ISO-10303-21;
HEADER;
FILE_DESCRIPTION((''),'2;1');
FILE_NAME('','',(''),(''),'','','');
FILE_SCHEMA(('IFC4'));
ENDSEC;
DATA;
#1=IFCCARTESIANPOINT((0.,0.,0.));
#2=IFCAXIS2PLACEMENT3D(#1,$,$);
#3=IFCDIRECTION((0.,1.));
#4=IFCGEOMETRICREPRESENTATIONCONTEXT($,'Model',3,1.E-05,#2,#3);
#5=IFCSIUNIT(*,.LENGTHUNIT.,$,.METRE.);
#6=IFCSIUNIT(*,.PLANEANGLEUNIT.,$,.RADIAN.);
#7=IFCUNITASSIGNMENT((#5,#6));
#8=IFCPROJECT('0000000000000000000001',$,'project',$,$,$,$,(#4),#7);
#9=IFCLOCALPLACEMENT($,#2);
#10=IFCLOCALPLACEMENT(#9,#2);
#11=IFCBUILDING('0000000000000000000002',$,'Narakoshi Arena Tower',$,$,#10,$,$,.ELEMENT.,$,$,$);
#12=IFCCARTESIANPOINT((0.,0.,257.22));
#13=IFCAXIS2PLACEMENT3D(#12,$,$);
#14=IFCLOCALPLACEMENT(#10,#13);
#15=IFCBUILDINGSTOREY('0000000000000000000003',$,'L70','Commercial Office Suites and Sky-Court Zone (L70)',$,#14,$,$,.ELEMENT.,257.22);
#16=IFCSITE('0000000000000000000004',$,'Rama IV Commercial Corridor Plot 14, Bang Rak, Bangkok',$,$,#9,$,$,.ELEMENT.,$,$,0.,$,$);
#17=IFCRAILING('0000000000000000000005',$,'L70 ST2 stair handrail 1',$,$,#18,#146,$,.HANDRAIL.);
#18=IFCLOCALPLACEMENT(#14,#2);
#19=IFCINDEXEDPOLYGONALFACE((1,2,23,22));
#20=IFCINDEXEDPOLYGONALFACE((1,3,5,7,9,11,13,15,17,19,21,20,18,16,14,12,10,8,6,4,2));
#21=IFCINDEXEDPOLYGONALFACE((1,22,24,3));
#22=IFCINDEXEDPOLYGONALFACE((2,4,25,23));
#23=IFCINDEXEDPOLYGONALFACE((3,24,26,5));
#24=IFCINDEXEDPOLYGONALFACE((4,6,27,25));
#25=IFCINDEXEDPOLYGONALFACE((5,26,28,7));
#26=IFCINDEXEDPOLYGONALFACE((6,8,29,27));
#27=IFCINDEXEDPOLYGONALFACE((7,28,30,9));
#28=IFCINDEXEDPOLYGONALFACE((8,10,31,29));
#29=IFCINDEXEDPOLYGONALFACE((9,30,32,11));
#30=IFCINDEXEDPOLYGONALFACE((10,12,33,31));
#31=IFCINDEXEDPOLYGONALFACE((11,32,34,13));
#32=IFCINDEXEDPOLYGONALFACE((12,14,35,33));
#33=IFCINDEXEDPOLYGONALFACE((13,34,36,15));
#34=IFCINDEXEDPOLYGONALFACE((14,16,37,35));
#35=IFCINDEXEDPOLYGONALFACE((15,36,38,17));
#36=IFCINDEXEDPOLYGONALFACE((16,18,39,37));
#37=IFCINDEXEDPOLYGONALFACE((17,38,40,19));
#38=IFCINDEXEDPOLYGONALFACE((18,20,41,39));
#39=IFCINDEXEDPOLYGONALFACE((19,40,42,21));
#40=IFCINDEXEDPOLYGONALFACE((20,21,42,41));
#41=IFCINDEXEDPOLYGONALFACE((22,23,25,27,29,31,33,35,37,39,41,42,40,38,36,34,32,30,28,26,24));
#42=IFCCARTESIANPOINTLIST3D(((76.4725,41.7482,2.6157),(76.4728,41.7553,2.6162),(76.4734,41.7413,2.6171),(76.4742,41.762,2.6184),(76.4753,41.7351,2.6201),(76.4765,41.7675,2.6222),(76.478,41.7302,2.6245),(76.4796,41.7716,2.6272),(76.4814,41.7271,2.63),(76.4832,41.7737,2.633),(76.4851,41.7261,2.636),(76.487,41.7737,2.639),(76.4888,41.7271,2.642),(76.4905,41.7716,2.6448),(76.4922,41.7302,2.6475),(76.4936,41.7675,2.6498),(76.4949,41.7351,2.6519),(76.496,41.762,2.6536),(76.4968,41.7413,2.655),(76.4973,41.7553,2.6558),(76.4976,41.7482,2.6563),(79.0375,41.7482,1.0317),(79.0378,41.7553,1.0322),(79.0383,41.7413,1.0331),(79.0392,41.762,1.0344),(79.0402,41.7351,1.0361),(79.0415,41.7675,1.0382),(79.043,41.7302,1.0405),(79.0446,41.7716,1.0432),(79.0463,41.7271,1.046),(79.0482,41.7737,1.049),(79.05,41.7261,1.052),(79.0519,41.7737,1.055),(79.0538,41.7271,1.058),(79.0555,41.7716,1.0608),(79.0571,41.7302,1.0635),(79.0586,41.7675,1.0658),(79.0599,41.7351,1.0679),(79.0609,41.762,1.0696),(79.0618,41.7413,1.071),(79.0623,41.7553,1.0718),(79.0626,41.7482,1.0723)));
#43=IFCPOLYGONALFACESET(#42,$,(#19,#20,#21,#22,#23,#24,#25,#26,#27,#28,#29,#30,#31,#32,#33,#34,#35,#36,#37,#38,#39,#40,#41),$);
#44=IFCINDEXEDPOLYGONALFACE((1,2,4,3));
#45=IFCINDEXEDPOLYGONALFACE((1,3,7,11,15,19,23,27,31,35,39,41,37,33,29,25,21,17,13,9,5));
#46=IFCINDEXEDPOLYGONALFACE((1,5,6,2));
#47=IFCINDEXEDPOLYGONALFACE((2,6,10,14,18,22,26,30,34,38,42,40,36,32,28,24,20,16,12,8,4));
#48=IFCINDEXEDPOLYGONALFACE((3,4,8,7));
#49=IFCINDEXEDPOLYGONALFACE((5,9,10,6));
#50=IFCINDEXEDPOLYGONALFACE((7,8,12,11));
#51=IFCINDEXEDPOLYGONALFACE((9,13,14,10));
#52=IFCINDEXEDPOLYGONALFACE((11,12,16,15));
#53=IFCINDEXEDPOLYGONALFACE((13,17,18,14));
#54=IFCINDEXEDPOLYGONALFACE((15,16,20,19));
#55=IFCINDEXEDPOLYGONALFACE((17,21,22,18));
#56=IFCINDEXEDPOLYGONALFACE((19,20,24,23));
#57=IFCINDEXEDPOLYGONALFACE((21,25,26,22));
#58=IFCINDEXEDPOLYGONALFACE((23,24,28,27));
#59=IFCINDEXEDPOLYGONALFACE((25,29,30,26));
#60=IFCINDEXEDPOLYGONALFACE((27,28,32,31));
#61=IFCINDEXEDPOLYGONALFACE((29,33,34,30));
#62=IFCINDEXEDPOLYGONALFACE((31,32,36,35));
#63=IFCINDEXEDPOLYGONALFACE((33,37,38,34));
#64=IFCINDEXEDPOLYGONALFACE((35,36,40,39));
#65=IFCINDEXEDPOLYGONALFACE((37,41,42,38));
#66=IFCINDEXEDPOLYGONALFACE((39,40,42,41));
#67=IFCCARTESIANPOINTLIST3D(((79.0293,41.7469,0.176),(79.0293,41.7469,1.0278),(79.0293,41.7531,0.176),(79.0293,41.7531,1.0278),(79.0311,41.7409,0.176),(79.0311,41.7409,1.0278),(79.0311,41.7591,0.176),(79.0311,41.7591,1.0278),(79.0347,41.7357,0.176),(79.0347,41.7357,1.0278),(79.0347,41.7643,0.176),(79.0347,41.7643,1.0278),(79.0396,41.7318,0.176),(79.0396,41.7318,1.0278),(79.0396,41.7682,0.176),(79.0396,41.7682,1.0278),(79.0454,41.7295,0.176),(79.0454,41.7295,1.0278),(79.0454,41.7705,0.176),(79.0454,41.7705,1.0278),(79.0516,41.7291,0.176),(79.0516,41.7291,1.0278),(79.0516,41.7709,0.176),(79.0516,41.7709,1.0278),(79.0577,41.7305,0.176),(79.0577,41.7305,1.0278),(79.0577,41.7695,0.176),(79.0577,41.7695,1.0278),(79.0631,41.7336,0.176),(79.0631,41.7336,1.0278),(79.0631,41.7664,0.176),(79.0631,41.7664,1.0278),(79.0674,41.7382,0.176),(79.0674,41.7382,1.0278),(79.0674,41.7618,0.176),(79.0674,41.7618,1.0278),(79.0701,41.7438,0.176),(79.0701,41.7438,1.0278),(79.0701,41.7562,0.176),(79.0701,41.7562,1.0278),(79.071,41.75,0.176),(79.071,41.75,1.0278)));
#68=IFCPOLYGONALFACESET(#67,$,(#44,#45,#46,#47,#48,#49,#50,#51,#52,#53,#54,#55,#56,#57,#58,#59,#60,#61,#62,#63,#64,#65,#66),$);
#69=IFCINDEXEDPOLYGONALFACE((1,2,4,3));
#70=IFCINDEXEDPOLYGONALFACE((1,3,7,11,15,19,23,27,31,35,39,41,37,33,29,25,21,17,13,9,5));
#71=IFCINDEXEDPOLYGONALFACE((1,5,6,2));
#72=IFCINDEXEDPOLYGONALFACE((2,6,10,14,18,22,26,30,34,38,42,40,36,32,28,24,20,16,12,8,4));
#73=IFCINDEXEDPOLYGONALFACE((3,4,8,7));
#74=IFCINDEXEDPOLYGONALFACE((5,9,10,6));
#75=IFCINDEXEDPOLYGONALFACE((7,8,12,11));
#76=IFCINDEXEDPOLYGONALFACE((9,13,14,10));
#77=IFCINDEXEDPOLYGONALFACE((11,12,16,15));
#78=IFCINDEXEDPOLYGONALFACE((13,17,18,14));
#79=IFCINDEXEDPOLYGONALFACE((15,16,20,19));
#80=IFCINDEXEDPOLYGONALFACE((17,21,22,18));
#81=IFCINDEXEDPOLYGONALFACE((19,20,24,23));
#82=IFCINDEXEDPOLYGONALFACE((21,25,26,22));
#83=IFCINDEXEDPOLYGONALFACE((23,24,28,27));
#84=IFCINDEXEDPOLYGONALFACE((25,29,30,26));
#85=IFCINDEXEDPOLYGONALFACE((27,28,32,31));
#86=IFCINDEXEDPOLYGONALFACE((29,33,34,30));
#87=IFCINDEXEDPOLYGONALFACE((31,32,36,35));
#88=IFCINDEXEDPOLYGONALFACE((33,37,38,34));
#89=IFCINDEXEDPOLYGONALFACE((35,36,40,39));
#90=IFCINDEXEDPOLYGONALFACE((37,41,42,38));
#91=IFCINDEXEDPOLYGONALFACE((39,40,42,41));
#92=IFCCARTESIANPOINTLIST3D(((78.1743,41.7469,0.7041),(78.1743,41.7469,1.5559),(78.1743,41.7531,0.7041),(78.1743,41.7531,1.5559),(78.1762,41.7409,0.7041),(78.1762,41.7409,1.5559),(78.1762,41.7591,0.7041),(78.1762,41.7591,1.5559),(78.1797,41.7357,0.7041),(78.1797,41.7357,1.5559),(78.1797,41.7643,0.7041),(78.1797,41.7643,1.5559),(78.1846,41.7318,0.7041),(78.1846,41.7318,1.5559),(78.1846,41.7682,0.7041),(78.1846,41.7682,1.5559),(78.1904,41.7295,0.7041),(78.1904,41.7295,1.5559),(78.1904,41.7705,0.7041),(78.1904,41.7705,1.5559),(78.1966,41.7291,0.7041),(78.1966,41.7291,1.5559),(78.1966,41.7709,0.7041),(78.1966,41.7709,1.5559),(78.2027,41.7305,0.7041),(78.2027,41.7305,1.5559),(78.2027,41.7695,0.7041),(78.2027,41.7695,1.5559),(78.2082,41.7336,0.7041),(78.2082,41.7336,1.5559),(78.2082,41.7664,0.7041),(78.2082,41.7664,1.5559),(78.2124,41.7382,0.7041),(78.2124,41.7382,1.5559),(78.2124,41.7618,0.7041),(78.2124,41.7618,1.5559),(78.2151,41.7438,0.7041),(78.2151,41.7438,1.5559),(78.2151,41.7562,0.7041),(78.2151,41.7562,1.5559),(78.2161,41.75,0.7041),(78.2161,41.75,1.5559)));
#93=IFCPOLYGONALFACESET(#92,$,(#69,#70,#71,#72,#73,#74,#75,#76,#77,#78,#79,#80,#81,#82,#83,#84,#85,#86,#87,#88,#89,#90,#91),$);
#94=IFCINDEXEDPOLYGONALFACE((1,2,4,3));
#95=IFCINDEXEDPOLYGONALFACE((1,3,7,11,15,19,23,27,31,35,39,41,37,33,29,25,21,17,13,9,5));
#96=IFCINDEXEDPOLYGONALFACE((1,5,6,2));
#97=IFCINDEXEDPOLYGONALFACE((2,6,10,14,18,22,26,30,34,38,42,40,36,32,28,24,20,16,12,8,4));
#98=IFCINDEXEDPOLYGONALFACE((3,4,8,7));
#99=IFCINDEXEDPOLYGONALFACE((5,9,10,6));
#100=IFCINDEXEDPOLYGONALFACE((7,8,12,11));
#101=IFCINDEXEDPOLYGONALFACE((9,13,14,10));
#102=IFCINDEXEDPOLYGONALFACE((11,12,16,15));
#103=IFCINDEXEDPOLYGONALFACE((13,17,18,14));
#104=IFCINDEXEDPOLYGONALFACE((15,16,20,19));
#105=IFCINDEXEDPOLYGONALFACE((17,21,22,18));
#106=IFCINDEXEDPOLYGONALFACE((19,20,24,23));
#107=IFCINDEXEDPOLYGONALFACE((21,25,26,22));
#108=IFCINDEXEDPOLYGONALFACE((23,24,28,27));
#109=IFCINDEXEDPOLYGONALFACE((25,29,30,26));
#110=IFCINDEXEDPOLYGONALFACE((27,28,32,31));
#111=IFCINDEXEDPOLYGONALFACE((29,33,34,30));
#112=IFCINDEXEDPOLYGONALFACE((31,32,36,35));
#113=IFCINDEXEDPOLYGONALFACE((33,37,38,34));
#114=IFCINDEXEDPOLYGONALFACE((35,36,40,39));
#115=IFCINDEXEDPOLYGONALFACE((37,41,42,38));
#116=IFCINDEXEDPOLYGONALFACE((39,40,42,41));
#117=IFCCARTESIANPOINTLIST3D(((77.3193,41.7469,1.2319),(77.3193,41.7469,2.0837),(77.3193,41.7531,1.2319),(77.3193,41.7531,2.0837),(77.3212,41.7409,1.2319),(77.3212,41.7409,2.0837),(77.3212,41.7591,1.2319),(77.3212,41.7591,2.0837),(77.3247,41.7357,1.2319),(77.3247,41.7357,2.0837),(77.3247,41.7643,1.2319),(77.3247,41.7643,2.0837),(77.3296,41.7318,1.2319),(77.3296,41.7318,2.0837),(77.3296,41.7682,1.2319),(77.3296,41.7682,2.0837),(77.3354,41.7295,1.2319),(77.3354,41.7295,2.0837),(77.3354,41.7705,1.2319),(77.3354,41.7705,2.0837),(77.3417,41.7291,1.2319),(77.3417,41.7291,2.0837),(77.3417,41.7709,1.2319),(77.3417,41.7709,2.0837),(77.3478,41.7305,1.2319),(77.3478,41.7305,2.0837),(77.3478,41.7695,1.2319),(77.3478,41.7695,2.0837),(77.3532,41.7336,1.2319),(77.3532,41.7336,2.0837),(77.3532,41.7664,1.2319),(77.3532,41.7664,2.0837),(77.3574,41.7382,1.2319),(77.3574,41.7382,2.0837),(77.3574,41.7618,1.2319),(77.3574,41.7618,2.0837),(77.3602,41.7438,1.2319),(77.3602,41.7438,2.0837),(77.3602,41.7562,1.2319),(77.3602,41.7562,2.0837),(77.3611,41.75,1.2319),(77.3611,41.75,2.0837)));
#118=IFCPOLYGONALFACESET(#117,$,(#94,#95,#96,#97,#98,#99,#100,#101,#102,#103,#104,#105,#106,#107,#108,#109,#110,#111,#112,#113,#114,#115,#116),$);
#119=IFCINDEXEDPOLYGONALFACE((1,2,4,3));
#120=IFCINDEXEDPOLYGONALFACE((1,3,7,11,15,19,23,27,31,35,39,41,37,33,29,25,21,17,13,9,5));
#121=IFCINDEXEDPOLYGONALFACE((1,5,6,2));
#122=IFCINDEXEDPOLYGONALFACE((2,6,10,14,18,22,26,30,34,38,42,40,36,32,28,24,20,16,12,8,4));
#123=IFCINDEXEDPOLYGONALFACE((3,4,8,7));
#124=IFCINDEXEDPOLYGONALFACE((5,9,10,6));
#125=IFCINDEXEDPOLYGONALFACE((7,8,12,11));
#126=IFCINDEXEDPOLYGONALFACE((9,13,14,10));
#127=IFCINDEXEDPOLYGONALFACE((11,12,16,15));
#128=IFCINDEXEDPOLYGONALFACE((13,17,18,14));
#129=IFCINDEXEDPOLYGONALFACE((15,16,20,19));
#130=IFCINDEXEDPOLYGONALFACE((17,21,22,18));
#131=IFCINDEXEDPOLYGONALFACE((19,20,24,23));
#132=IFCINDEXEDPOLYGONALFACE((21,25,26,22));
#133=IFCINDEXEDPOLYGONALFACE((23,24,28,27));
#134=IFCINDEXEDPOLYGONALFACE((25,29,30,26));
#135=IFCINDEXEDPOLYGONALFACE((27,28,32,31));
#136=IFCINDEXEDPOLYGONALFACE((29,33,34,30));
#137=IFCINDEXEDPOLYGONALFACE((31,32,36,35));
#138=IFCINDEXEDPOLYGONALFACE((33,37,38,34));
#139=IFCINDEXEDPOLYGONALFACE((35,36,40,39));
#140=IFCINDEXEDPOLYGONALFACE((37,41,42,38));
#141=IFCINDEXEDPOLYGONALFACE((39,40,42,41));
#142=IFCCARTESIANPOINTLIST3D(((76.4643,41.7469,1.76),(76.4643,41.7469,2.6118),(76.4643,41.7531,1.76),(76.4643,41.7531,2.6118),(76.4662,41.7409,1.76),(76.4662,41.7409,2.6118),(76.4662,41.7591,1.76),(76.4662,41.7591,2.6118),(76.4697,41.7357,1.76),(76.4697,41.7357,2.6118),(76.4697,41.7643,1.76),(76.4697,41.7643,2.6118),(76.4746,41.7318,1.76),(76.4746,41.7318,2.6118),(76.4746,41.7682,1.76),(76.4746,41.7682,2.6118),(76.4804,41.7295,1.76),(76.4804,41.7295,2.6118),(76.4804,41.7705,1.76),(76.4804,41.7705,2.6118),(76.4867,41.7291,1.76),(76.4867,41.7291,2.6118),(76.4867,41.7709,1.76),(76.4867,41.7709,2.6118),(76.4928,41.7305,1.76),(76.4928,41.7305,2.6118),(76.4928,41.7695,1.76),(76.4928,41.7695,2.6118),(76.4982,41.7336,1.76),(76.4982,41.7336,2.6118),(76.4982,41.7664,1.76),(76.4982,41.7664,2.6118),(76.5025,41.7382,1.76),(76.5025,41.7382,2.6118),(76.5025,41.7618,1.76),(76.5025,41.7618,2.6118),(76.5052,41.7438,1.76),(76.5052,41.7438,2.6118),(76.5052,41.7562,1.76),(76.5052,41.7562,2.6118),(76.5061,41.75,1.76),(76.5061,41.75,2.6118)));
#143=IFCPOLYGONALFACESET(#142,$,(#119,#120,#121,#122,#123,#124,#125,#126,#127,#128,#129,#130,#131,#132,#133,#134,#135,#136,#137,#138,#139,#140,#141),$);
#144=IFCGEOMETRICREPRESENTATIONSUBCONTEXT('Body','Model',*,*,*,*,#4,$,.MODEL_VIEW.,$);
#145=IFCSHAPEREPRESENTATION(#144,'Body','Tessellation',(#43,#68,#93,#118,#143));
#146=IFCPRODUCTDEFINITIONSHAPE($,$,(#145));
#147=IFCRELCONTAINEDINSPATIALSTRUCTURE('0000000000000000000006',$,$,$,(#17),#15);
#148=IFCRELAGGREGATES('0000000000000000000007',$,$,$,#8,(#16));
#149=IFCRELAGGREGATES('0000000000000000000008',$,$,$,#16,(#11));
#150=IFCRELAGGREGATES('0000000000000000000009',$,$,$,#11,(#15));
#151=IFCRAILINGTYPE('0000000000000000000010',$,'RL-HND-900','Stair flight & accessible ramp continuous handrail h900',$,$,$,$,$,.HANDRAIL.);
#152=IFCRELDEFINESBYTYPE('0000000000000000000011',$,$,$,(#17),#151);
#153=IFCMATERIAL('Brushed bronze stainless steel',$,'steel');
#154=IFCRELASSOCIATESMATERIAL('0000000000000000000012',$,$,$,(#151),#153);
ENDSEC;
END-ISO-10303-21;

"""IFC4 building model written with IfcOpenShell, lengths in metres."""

from ifc_helpers import new_model, si_unit, direction, frame, origin, origin_2d, place, context, subcontext, project, spatial, circle, extrude, material, type_object, element, save


model = new_model("IFC4")

# Units and contexts
model_context = context("Model", 3, precision=1e-05, world=origin(), true_north=direction((0.0, 1.0)))
body_context = subcontext(model_context, "Body", "Model", "MODEL_VIEW")
ifc_project = project(units=[si_unit("LENGTHUNIT", "METRE"), si_unit("PLANEANGLEUNIT", "RADIAN")], contexts=[model_context])

# Site, building, storey
site_placement = place(None, origin())
site = spatial("IfcSite", under=ifc_project, at=site_placement, Name="Rama IV Commercial Corridor Plot 14, Bang Rak, Bangkok", CompositionType="ELEMENT", RefElevation=0.0)
building_placement = place(site_placement, origin())
building = spatial("IfcBuilding", under=site, at=building_placement, Name="Narakoshi Arena Tower", CompositionType="ELEMENT")
storey_placement = place(building_placement, frame((0.0, 0.0, 257.22)))
storey = spatial("IfcBuildingStorey", under=building, at=storey_placement, Name="L70", Description="Commercial Office Suites and Sky-Court Zone (L70)", CompositionType="ELEMENT", Elevation=257.22)

# Shared definitions
ifc_material_1 = material(Name="Brushed bronze stainless steel", Category="steel")

# Railing
railing_type_1 = type_object("IfcRailingType", Name="RL-HND-900", Description="Stair flight & accessible ramp continuous handrail h900", PredefinedType="HANDRAIL", material=ifc_material_1)
railing_1_placement = place(storey_placement, frame((79.05, 41.75, 0.176)))
element("IfcRailing", 1, at=railing_1_placement, inside=storey, type_object=railing_type_1, Name="L70 ST2 stair handrail 1", PredefinedType="HANDRAIL", context=body_context, shape_type="SweptSolid", body=[
    extrude(circle(Radius=0.0239, at=origin_2d()), frame((0.0, 0.0, 0.876), z_axis=(-0.850834, 0.0, 0.525434), x_axis=(0.0, -1.0, 0.0)), (0.0, 0.0, 1.0), 3.0146),
    extrude(circle(Radius=0.021, at=origin_2d()), origin(), (0.0, 0.0, 1.0), 0.8518),
    extrude(circle(Radius=0.021, at=origin_2d()), frame((-0.855, 0.0, 0.5281)), (0.0, 0.0, 1.0), 0.8518),
    extrude(circle(Radius=0.021, at=origin_2d()), frame((-1.71, 0.0, 1.0559)), (0.0, 0.0, 1.0), 0.8518),
    extrude(circle(Radius=0.021, at=origin_2d()), frame((-2.5649, 0.0, 1.584)), (0.0, 0.0, 1.0), 0.8518),
])

save(model, "model.ifc")
